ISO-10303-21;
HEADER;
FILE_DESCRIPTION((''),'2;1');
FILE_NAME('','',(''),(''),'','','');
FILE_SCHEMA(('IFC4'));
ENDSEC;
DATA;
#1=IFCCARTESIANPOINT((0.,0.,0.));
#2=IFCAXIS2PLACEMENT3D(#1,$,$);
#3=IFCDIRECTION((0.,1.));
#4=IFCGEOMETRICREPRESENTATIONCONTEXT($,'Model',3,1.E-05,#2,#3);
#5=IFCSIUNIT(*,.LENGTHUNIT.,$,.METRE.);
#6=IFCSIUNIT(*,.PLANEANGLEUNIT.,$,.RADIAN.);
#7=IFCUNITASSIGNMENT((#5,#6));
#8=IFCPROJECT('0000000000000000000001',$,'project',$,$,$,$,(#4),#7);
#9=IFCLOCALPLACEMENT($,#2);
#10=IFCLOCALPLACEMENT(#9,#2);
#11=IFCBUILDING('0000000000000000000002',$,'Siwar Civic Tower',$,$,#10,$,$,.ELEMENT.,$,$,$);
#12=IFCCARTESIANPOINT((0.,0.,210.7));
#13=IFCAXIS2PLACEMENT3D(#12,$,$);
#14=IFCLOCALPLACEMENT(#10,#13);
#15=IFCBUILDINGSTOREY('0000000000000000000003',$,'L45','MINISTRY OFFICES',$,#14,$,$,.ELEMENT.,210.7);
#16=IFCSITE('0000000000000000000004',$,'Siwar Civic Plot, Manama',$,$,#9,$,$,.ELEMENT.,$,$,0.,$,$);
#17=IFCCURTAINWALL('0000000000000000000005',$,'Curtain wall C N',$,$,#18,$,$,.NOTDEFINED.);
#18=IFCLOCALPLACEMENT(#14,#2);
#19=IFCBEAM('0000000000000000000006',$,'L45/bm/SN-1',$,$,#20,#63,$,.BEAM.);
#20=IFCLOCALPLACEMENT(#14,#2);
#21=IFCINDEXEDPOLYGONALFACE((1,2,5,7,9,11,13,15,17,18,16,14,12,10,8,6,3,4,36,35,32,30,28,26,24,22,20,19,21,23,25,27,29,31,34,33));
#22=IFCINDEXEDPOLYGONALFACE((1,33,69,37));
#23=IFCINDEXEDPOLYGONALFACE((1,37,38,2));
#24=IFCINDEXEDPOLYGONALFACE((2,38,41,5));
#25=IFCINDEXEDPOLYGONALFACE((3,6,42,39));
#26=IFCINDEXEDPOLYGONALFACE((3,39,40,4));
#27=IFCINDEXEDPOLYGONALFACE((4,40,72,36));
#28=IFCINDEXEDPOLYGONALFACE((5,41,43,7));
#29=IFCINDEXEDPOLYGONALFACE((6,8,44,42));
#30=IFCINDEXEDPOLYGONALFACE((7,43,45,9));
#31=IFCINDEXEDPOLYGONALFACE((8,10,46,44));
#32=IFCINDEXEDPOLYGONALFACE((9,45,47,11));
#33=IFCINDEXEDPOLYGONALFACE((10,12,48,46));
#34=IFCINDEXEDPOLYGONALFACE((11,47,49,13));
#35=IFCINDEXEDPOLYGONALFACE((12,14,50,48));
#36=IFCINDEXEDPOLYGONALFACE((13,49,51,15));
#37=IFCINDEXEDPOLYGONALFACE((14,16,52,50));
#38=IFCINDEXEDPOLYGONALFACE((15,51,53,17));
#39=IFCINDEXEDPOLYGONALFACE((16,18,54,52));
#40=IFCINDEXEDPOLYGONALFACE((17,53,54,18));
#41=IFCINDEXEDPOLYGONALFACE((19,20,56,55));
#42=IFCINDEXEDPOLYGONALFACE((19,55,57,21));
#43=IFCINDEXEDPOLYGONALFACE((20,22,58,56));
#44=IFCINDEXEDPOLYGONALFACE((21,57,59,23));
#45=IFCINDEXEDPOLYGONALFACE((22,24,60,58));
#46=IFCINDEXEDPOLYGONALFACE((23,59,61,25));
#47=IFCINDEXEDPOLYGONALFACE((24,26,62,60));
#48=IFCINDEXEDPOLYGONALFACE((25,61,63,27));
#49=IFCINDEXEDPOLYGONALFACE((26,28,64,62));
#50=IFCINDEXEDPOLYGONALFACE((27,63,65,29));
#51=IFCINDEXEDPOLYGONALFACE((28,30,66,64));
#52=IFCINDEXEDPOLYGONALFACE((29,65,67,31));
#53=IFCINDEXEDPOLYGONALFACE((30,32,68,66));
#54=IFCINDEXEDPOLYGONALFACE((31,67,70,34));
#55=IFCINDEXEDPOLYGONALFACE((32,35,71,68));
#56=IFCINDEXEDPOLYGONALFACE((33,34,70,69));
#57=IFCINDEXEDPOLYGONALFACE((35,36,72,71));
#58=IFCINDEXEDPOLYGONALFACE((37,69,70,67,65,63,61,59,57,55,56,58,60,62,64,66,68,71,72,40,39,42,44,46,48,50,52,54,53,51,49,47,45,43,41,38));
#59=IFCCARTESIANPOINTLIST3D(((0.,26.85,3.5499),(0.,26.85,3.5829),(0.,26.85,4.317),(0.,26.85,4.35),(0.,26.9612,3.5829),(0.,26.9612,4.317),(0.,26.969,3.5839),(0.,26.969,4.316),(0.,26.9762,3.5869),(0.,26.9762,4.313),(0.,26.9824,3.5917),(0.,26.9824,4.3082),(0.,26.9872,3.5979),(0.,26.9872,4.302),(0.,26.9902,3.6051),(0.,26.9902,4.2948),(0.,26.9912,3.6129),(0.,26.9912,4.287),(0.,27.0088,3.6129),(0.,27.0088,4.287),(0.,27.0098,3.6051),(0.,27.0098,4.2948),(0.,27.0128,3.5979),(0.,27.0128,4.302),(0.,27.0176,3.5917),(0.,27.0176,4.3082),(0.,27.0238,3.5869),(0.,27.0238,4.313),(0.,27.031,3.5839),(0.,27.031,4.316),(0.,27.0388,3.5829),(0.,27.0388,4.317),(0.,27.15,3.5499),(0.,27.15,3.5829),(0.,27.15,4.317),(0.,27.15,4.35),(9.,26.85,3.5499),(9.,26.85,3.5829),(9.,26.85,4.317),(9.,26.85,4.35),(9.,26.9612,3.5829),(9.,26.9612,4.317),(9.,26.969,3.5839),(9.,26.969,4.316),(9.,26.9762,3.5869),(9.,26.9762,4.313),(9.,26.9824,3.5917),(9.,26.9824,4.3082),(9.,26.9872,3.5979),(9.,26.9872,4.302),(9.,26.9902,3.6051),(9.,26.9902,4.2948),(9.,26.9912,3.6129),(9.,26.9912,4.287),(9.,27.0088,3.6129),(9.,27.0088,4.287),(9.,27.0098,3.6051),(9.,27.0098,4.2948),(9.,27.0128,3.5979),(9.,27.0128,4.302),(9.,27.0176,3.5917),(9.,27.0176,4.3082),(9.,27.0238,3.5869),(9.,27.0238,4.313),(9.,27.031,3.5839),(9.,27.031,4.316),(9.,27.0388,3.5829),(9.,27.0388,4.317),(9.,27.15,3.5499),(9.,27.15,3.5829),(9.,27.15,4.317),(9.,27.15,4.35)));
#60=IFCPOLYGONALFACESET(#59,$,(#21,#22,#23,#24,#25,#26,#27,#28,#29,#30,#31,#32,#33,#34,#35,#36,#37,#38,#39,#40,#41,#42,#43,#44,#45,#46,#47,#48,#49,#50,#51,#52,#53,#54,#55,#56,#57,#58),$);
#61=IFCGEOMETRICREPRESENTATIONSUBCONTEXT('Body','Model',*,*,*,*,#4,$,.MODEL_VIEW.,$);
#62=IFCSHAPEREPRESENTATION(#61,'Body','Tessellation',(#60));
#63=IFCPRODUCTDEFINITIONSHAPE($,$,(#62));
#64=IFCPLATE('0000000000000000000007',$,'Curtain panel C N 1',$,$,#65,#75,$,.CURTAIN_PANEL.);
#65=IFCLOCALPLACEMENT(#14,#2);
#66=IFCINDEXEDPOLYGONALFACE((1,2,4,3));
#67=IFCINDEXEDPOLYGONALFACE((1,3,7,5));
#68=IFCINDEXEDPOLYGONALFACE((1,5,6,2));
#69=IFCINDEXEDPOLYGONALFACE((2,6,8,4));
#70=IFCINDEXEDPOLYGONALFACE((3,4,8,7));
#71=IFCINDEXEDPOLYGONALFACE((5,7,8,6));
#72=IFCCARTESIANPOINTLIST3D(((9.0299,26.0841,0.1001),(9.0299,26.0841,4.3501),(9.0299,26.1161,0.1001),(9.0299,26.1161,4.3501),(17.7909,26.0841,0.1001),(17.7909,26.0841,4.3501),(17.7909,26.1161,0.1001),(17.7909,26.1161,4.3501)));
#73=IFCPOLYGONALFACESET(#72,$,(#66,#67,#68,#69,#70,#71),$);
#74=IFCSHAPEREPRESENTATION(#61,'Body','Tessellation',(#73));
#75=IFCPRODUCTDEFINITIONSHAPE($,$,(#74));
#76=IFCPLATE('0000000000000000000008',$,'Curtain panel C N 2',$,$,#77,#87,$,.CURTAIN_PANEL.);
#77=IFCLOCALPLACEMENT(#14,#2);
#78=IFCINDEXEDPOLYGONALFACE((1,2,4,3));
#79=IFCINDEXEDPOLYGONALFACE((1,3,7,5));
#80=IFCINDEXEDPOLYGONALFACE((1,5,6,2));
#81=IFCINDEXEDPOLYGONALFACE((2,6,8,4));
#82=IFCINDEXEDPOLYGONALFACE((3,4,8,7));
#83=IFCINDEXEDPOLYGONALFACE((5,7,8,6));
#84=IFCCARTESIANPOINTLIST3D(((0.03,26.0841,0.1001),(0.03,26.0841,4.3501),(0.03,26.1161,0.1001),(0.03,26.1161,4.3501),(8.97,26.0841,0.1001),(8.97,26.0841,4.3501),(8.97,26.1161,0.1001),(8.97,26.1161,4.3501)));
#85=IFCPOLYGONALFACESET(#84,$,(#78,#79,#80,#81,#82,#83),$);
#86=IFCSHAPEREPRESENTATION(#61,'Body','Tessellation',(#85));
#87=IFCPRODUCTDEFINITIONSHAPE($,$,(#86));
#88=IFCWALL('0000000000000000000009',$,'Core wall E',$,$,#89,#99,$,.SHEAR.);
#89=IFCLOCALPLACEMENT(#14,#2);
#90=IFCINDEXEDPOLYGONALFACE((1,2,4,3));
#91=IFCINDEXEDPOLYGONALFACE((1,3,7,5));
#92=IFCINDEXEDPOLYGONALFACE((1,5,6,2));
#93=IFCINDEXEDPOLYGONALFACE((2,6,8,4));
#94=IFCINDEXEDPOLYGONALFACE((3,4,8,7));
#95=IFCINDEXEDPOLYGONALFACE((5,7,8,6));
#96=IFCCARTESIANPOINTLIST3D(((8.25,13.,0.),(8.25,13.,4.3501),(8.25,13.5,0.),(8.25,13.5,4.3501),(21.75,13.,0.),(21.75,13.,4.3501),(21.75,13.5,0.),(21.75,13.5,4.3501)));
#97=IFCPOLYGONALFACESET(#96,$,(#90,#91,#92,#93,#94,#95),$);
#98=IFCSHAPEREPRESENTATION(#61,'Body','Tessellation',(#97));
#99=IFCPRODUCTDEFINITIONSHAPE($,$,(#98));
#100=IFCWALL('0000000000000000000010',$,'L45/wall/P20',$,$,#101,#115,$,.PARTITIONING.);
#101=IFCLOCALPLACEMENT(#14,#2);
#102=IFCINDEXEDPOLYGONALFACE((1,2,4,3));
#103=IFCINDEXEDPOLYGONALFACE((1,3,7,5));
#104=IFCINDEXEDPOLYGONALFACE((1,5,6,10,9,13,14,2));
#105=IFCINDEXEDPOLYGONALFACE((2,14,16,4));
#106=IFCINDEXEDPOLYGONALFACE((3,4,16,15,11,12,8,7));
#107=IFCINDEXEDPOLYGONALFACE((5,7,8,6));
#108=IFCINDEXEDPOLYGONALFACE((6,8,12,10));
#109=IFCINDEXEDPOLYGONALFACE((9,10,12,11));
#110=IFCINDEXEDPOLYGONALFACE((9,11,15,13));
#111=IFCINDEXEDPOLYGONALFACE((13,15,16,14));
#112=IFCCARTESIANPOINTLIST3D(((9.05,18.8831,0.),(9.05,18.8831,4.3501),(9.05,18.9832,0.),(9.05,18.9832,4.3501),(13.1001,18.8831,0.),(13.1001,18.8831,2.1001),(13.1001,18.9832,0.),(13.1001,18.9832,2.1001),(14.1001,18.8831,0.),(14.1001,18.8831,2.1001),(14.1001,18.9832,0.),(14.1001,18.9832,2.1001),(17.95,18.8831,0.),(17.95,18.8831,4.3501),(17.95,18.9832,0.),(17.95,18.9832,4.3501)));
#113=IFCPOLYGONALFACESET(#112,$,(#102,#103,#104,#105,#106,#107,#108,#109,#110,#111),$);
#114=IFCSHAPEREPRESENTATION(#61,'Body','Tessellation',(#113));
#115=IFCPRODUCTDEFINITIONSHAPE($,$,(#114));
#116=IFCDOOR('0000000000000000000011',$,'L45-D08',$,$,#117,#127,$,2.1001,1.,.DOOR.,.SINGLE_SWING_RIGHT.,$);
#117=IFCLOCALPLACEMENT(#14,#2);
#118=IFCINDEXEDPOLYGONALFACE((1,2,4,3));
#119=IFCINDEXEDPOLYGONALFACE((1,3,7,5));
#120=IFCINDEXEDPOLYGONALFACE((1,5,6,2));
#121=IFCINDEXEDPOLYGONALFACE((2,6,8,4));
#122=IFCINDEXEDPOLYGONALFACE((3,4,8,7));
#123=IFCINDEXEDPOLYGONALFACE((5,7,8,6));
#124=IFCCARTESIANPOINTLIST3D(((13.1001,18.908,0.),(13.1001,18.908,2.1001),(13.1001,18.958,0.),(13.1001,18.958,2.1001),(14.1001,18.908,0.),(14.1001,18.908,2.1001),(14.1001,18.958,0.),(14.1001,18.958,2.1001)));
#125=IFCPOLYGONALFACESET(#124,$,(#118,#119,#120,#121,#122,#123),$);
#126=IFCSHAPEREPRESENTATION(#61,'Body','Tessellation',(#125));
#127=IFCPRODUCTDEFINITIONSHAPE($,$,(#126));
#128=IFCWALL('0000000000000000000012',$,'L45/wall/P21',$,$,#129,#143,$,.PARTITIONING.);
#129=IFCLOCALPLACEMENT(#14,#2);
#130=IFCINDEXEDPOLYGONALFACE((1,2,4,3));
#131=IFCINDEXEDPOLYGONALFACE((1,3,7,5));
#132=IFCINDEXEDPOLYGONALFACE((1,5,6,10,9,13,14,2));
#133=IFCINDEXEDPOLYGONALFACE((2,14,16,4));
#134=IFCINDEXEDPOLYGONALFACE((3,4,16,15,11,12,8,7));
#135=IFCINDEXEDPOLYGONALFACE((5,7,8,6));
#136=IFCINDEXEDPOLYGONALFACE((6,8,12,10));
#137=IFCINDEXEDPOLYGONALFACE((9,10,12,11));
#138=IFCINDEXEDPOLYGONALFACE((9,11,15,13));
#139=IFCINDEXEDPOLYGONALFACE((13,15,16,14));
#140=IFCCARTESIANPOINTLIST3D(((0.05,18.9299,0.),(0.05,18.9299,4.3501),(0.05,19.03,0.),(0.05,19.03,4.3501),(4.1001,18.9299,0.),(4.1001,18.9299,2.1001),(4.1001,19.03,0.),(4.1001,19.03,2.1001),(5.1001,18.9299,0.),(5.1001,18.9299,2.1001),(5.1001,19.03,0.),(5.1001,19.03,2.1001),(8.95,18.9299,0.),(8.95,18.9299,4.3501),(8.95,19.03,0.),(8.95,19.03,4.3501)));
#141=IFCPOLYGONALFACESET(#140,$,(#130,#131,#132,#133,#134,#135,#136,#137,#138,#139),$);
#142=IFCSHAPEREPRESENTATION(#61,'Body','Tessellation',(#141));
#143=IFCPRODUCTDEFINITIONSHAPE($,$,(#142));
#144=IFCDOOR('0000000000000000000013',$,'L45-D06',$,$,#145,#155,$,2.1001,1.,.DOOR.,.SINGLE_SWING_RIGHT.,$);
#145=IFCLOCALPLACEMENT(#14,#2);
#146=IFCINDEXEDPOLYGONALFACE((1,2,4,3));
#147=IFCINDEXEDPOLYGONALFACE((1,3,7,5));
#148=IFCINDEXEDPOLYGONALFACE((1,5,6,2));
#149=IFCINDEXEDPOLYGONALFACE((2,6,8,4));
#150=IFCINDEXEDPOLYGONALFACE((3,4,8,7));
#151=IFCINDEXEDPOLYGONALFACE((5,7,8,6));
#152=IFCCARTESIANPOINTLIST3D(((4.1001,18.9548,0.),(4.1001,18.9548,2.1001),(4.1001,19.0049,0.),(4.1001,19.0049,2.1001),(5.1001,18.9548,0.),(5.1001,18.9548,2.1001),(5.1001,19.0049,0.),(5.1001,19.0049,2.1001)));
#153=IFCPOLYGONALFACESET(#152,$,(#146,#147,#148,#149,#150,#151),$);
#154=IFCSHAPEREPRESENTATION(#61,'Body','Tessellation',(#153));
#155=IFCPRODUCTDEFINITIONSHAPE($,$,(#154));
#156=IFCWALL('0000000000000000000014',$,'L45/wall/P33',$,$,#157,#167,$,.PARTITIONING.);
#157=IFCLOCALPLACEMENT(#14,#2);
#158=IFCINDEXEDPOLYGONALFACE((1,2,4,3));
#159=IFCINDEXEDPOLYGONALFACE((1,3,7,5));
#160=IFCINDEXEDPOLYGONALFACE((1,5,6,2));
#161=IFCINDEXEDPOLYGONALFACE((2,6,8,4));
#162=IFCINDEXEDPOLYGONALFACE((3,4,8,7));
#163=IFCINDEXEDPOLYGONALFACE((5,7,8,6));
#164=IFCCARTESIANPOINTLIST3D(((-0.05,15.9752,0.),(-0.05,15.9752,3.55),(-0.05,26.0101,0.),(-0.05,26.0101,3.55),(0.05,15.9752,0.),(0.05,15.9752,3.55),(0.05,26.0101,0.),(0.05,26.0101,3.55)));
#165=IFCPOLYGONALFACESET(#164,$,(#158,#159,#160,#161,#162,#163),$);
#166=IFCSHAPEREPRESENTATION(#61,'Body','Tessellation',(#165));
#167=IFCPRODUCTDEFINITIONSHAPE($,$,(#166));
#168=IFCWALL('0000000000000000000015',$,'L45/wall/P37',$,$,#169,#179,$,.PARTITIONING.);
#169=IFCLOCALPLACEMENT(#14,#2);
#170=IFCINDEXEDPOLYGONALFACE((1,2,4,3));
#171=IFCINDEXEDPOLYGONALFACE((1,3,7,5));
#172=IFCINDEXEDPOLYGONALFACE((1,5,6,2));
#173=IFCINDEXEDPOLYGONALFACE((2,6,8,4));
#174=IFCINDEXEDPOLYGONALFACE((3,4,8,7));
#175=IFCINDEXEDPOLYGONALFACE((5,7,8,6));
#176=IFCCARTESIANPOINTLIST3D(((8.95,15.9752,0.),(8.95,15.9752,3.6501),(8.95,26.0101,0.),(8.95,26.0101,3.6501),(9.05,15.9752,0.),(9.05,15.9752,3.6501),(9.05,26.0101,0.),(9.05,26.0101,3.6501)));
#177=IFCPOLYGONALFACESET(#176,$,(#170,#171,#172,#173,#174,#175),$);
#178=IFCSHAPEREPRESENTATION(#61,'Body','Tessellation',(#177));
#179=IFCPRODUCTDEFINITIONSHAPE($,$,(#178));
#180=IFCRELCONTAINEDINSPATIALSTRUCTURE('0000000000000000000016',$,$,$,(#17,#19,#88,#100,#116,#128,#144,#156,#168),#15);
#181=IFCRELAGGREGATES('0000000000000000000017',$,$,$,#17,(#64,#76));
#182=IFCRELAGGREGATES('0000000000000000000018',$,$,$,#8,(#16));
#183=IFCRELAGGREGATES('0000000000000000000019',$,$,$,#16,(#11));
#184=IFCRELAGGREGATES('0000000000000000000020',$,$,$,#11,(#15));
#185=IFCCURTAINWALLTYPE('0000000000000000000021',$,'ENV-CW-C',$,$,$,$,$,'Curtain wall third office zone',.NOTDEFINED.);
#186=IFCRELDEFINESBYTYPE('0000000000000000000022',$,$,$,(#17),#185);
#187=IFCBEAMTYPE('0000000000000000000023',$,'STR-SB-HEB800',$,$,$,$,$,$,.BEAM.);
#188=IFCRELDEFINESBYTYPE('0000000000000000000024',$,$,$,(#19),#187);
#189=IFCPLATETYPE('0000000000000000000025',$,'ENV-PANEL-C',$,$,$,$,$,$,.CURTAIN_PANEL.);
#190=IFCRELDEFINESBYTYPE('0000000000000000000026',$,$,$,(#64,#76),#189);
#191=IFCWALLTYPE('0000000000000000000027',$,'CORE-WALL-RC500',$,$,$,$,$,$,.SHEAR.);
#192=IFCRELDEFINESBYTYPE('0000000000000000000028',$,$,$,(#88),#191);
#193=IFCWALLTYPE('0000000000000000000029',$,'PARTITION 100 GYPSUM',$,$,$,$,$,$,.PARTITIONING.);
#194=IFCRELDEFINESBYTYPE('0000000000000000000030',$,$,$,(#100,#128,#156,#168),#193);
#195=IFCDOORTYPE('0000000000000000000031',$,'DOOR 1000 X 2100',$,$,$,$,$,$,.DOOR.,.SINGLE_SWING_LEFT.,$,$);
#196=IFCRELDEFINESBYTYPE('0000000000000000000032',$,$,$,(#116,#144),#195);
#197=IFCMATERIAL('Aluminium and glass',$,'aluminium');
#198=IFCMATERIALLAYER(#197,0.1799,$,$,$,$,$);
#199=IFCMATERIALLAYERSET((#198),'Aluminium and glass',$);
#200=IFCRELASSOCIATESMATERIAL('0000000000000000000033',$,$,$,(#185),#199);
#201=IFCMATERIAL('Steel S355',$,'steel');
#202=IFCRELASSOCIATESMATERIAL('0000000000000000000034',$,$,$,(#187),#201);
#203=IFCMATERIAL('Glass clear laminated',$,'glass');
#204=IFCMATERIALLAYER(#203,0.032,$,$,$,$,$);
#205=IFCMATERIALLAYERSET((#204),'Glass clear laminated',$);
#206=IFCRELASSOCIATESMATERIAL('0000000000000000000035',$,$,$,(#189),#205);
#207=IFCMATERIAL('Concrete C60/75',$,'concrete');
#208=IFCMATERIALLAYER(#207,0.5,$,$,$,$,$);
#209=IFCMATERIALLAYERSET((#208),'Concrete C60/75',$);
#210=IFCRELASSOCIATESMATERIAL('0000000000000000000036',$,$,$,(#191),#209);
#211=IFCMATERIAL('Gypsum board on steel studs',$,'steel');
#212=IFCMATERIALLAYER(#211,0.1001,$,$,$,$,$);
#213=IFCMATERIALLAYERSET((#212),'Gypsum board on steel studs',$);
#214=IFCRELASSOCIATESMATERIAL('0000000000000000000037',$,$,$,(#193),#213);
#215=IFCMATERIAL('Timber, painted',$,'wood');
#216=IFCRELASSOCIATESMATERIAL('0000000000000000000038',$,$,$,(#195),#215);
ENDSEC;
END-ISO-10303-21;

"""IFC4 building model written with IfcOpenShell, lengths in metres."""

from ifc_helpers import new_model, si_unit, direction, frame, frame_2d, origin, origin_2d, place, context, subcontext, project, spatial, rectangle, i_section, extrude, material, layer, layer_set, material_profile, profile_set, type_object, element, fill, aggregate, save


model = new_model("IFC4")

# Units and contexts
model_context = context("Model", 3, precision=1e-05, world=origin(), true_north=direction((0.0, 1.0)))
body_context = subcontext(model_context, "Body", "Model", "MODEL_VIEW")
ifc_project = project(units=[si_unit("LENGTHUNIT", "METRE"), si_unit("PLANEANGLEUNIT", "RADIAN")], contexts=[model_context])

# Site, building, storey
site_placement = place(None, origin())
site = spatial("IfcSite", under=ifc_project, at=site_placement, Name="Siwar Civic Plot, Manama", CompositionType="ELEMENT", RefElevation=0.0)
building_placement = place(site_placement, origin())
building = spatial("IfcBuilding", under=site, at=building_placement, Name="Siwar Civic Tower", CompositionType="ELEMENT")
storey_placement = place(building_placement, frame((0.0, 0.0, 210.7)))
storey = spatial("IfcBuildingStorey", under=building, at=storey_placement, Name="L45", Description="MINISTRY OFFICES", CompositionType="ELEMENT", Elevation=210.7)

# Curtain wall
ifc_material_1 = material(Name="Aluminium and glass", Category="aluminium")
ifc_layer_1 = layer(ifc_material_1, 0.1799)
ifc_layer_set_1 = layer_set([ifc_layer_1], Name="Aluminium and glass")
curtain_wall_type = type_object("IfcCurtainWallType", Name="ENV-CW-C", ElementType="Curtain wall third office zone", PredefinedType="NOTDEFINED", material=ifc_layer_set_1)
curtain_wall_placement = place(storey_placement, origin())
curtain_wall = element("IfcCurtainWall", 1, at=curtain_wall_placement, inside=storey, type_object=curtain_wall_type, Name="Curtain wall C N", PredefinedType="NOTDEFINED")

# Beam
ifc_material_2 = material(Name="Steel S355", Category="steel")
ifc_material_profile_1 = material_profile(ifc_material_2, i_section(OverallWidth=0.3, OverallDepth=0.8, WebThickness=0.0176, FlangeThickness=0.033, FilletRadius=0.03, at=origin_2d()), Name="HEB800")
ifc_profile_set_1 = profile_set([ifc_material_profile_1], Name="Steel S355")
beam_type_1 = type_object("IfcBeamType", Name="STR-SB-HEB800", PredefinedType="BEAM", material=ifc_profile_set_1)
beam_1_placement = place(storey_placement, frame((9.0, 27.0, 3.95), z_axis=(-1.0, 0.0, 0.0), x_axis=(0.0, -1.0, 0.0)))
element("IfcBeam", 2, at=beam_1_placement, inside=storey, type_object=beam_type_1, Name="L45/bm/SN-1", PredefinedType="BEAM", context=body_context, shape_type="SweptSolid", body=[
    extrude(i_section(OverallWidth=0.3, OverallDepth=0.8, WebThickness=0.0176, FlangeThickness=0.033, FilletRadius=0.03, at=origin_2d()), origin(), (0.0, 0.0, 1.0), 9.0),
])

# Plates
ifc_material_3 = material(Name="Glass clear laminated", Category="glass")
ifc_layer_2 = layer(ifc_material_3, 0.032)
ifc_layer_set_2 = layer_set([ifc_layer_2], Name="Glass clear laminated")
plate_type = type_object("IfcPlateType", Name="ENV-PANEL-C", PredefinedType="CURTAIN_PANEL", material=ifc_layer_set_2)
plate_1_placement = place(storey_placement, frame((13.4104, 26.1001, 0.1001), z_axis=(0.0, 0.0, 1.0), x_axis=(-1.0, 0.0, 0.0)))
plate_1 = element("IfcPlate", 3, at=plate_1_placement, type_object=plate_type, Name="Curtain panel C N 1", PredefinedType="CURTAIN_PANEL", context=body_context, shape_type="SweptSolid", body=[
    extrude(rectangle(XDim=8.761, YDim=0.032, at=origin_2d()), origin(), (0.0, 0.0, 1.0), 4.25),
])
plate_2_placement = place(storey_placement, frame((4.5, 26.1001, 0.1001), z_axis=(0.0, 0.0, 1.0), x_axis=(-1.0, 0.0, 0.0)))
plate_2 = element("IfcPlate", 4, at=plate_2_placement, type_object=plate_type, Name="Curtain panel C N 2", PredefinedType="CURTAIN_PANEL", context=body_context, shape_type="SweptSolid", body=[
    extrude(rectangle(XDim=8.9399, YDim=0.032, at=origin_2d()), origin(), (0.0, 0.0, 1.0), 4.25),
])
aggregate(curtain_wall, [plate_1, plate_2])

# Wall
ifc_material_4 = material(Name="Concrete C60/75", Category="concrete")
ifc_layer_3 = layer(ifc_material_4, 0.5)
ifc_layer_set_3 = layer_set([ifc_layer_3], Name="Concrete C60/75")
wall_type_1 = type_object("IfcWallType", Name="CORE-WALL-RC500", PredefinedType="SHEAR", material=ifc_layer_set_3)
wall_1_placement = place(storey_placement, frame((8.25, 13.25, 0.0), z_axis=(0.0, 0.0, 1.0), x_axis=(1.0, 0.0, 0.0)))
element("IfcWall", 5, at=wall_1_placement, inside=storey, type_object=wall_type_1, Name="Core wall E", PredefinedType="SHEAR", context=body_context, shape_type="SweptSolid", body=[
    extrude(rectangle(XDim=13.5, YDim=0.5, at=frame_2d((6.75, 0.0))), origin(), (0.0, 0.0, 1.0), 4.3501),
])

# Walls, openings, doors
ifc_material_5 = material(Name="Gypsum board on steel studs", Category="steel")
ifc_layer_4 = layer(ifc_material_5, 0.1001)
ifc_layer_set_4 = layer_set([ifc_layer_4], Name="Gypsum board on steel studs")
wall_type_2 = type_object("IfcWallType", Name="PARTITION 100 GYPSUM", PredefinedType="PARTITIONING", material=ifc_layer_set_4)
wall_2_placement = place(storey_placement, frame((9.05, 18.9331, 0.0), z_axis=(0.0, 0.0, 1.0), x_axis=(1.0, 0.0, 0.0)))
wall_2 = element("IfcWall", 6, at=wall_2_placement, inside=storey, type_object=wall_type_2, Name="L45/wall/P20", PredefinedType="PARTITIONING", context=body_context, shape_type="SweptSolid", body=[
    extrude(rectangle(XDim=8.8999, YDim=0.1001, at=frame_2d((4.45, 0.0))), origin(), (0.0, 0.0, 1.0), 4.3501),
])
opening_1_placement = place(wall_2_placement, frame((4.05, 0.0, 0.0)))
opening_1 = element("IfcOpeningElement", 7, at=opening_1_placement, cuts=wall_2, PredefinedType="OPENING", context=body_context, shape_type="SweptSolid", body=[
    extrude(rectangle(XDim=1.0, YDim=2.1001, at=frame_2d((0.5, 1.05))), frame((0.0, 0.0601, 0.0), z_axis=(0.0, -1.0, 0.0), x_axis=(1.0, 0.0, 0.0)), (0.0, 0.0, 1.0), 0.1201),
])
ifc_material_6 = material(Name="Timber, painted", Category="wood")
door_type = type_object("IfcDoorType", Name="DOOR 1000 X 2100", OperationType="SINGLE_SWING_LEFT", PredefinedType="DOOR", material=ifc_material_6)
door_1_placement = place(opening_1_placement, origin())
door_1 = element("IfcDoor", 8, at=door_1_placement, inside=storey, type_object=door_type, Name="L45-D08", OperationType="SINGLE_SWING_RIGHT", OverallHeight=2.1001, OverallWidth=1.0, PredefinedType="DOOR", context=body_context, shape_type="SweptSolid", body=[
    extrude(rectangle(XDim=1.0, YDim=2.1001, at=frame_2d((0.5, 1.05))), frame((0.0, 0.0249, 0.0), z_axis=(0.0, -1.0, 0.0), x_axis=(1.0, 0.0, 0.0)), (0.0, 0.0, 1.0), 0.05),
])
fill(opening_1, door_1)
wall_3_placement = place(storey_placement, frame((0.05, 18.98, 0.0), z_axis=(0.0, 0.0, 1.0), x_axis=(1.0, 0.0, 0.0)))
wall_3 = element("IfcWall", 9, at=wall_3_placement, inside=storey, type_object=wall_type_2, Name="L45/wall/P21", PredefinedType="PARTITIONING", context=body_context, shape_type="SweptSolid", body=[
    extrude(rectangle(XDim=8.8999, YDim=0.1001, at=frame_2d((4.45, 0.0))), origin(), (0.0, 0.0, 1.0), 4.3501),
])
opening_2_placement = place(wall_3_placement, frame((4.05, 0.0, 0.0)))
opening_2 = element("IfcOpeningElement", 10, at=opening_2_placement, cuts=wall_3, PredefinedType="OPENING", context=body_context, shape_type="SweptSolid", body=[
    extrude(rectangle(XDim=1.0, YDim=2.1001, at=frame_2d((0.5, 1.05))), frame((0.0, 0.0601, 0.0), z_axis=(0.0, -1.0, 0.0), x_axis=(1.0, 0.0, 0.0)), (0.0, 0.0, 1.0), 0.1201),
])
door_2_placement = place(opening_2_placement, origin())
door_2 = element("IfcDoor", 11, at=door_2_placement, inside=storey, type_object=door_type, Name="L45-D06", OperationType="SINGLE_SWING_RIGHT", OverallHeight=2.1001, OverallWidth=1.0, PredefinedType="DOOR", context=body_context, shape_type="SweptSolid", body=[
    extrude(rectangle(XDim=1.0, YDim=2.1001, at=frame_2d((0.5, 1.05))), frame((0.0, 0.0249, 0.0), z_axis=(0.0, -1.0, 0.0), x_axis=(1.0, 0.0, 0.0)), (0.0, 0.0, 1.0), 0.05),
])
fill(opening_2, door_2)

# Walls
wall_4_placement = place(storey_placement, frame((0.0, 15.9751, 0.0), z_axis=(0.0, 0.0, 1.0), x_axis=(0.0, 1.0, 0.0)))
element("IfcWall", 12, at=wall_4_placement, inside=storey, type_object=wall_type_2, Name="L45/wall/P33", PredefinedType="PARTITIONING", context=body_context, shape_type="SweptSolid", body=[
    extrude(rectangle(XDim=10.0349, YDim=0.1001, at=frame_2d((5.0176, 0.0))), origin(), (0.0, 0.0, 1.0), 3.55),
])
wall_5_placement = place(storey_placement, frame((9.0, 15.9751, 0.0), z_axis=(0.0, 0.0, 1.0), x_axis=(0.0, 1.0, 0.0)))
element("IfcWall", 13, at=wall_5_placement, inside=storey, type_object=wall_type_2, Name="L45/wall/P37", PredefinedType="PARTITIONING", context=body_context, shape_type="SweptSolid", body=[
    extrude(rectangle(XDim=10.0349, YDim=0.1001, at=frame_2d((5.0176, 0.0))), origin(), (0.0, 0.0, 1.0), 3.6501),
])

save(model, "model.ifc")
